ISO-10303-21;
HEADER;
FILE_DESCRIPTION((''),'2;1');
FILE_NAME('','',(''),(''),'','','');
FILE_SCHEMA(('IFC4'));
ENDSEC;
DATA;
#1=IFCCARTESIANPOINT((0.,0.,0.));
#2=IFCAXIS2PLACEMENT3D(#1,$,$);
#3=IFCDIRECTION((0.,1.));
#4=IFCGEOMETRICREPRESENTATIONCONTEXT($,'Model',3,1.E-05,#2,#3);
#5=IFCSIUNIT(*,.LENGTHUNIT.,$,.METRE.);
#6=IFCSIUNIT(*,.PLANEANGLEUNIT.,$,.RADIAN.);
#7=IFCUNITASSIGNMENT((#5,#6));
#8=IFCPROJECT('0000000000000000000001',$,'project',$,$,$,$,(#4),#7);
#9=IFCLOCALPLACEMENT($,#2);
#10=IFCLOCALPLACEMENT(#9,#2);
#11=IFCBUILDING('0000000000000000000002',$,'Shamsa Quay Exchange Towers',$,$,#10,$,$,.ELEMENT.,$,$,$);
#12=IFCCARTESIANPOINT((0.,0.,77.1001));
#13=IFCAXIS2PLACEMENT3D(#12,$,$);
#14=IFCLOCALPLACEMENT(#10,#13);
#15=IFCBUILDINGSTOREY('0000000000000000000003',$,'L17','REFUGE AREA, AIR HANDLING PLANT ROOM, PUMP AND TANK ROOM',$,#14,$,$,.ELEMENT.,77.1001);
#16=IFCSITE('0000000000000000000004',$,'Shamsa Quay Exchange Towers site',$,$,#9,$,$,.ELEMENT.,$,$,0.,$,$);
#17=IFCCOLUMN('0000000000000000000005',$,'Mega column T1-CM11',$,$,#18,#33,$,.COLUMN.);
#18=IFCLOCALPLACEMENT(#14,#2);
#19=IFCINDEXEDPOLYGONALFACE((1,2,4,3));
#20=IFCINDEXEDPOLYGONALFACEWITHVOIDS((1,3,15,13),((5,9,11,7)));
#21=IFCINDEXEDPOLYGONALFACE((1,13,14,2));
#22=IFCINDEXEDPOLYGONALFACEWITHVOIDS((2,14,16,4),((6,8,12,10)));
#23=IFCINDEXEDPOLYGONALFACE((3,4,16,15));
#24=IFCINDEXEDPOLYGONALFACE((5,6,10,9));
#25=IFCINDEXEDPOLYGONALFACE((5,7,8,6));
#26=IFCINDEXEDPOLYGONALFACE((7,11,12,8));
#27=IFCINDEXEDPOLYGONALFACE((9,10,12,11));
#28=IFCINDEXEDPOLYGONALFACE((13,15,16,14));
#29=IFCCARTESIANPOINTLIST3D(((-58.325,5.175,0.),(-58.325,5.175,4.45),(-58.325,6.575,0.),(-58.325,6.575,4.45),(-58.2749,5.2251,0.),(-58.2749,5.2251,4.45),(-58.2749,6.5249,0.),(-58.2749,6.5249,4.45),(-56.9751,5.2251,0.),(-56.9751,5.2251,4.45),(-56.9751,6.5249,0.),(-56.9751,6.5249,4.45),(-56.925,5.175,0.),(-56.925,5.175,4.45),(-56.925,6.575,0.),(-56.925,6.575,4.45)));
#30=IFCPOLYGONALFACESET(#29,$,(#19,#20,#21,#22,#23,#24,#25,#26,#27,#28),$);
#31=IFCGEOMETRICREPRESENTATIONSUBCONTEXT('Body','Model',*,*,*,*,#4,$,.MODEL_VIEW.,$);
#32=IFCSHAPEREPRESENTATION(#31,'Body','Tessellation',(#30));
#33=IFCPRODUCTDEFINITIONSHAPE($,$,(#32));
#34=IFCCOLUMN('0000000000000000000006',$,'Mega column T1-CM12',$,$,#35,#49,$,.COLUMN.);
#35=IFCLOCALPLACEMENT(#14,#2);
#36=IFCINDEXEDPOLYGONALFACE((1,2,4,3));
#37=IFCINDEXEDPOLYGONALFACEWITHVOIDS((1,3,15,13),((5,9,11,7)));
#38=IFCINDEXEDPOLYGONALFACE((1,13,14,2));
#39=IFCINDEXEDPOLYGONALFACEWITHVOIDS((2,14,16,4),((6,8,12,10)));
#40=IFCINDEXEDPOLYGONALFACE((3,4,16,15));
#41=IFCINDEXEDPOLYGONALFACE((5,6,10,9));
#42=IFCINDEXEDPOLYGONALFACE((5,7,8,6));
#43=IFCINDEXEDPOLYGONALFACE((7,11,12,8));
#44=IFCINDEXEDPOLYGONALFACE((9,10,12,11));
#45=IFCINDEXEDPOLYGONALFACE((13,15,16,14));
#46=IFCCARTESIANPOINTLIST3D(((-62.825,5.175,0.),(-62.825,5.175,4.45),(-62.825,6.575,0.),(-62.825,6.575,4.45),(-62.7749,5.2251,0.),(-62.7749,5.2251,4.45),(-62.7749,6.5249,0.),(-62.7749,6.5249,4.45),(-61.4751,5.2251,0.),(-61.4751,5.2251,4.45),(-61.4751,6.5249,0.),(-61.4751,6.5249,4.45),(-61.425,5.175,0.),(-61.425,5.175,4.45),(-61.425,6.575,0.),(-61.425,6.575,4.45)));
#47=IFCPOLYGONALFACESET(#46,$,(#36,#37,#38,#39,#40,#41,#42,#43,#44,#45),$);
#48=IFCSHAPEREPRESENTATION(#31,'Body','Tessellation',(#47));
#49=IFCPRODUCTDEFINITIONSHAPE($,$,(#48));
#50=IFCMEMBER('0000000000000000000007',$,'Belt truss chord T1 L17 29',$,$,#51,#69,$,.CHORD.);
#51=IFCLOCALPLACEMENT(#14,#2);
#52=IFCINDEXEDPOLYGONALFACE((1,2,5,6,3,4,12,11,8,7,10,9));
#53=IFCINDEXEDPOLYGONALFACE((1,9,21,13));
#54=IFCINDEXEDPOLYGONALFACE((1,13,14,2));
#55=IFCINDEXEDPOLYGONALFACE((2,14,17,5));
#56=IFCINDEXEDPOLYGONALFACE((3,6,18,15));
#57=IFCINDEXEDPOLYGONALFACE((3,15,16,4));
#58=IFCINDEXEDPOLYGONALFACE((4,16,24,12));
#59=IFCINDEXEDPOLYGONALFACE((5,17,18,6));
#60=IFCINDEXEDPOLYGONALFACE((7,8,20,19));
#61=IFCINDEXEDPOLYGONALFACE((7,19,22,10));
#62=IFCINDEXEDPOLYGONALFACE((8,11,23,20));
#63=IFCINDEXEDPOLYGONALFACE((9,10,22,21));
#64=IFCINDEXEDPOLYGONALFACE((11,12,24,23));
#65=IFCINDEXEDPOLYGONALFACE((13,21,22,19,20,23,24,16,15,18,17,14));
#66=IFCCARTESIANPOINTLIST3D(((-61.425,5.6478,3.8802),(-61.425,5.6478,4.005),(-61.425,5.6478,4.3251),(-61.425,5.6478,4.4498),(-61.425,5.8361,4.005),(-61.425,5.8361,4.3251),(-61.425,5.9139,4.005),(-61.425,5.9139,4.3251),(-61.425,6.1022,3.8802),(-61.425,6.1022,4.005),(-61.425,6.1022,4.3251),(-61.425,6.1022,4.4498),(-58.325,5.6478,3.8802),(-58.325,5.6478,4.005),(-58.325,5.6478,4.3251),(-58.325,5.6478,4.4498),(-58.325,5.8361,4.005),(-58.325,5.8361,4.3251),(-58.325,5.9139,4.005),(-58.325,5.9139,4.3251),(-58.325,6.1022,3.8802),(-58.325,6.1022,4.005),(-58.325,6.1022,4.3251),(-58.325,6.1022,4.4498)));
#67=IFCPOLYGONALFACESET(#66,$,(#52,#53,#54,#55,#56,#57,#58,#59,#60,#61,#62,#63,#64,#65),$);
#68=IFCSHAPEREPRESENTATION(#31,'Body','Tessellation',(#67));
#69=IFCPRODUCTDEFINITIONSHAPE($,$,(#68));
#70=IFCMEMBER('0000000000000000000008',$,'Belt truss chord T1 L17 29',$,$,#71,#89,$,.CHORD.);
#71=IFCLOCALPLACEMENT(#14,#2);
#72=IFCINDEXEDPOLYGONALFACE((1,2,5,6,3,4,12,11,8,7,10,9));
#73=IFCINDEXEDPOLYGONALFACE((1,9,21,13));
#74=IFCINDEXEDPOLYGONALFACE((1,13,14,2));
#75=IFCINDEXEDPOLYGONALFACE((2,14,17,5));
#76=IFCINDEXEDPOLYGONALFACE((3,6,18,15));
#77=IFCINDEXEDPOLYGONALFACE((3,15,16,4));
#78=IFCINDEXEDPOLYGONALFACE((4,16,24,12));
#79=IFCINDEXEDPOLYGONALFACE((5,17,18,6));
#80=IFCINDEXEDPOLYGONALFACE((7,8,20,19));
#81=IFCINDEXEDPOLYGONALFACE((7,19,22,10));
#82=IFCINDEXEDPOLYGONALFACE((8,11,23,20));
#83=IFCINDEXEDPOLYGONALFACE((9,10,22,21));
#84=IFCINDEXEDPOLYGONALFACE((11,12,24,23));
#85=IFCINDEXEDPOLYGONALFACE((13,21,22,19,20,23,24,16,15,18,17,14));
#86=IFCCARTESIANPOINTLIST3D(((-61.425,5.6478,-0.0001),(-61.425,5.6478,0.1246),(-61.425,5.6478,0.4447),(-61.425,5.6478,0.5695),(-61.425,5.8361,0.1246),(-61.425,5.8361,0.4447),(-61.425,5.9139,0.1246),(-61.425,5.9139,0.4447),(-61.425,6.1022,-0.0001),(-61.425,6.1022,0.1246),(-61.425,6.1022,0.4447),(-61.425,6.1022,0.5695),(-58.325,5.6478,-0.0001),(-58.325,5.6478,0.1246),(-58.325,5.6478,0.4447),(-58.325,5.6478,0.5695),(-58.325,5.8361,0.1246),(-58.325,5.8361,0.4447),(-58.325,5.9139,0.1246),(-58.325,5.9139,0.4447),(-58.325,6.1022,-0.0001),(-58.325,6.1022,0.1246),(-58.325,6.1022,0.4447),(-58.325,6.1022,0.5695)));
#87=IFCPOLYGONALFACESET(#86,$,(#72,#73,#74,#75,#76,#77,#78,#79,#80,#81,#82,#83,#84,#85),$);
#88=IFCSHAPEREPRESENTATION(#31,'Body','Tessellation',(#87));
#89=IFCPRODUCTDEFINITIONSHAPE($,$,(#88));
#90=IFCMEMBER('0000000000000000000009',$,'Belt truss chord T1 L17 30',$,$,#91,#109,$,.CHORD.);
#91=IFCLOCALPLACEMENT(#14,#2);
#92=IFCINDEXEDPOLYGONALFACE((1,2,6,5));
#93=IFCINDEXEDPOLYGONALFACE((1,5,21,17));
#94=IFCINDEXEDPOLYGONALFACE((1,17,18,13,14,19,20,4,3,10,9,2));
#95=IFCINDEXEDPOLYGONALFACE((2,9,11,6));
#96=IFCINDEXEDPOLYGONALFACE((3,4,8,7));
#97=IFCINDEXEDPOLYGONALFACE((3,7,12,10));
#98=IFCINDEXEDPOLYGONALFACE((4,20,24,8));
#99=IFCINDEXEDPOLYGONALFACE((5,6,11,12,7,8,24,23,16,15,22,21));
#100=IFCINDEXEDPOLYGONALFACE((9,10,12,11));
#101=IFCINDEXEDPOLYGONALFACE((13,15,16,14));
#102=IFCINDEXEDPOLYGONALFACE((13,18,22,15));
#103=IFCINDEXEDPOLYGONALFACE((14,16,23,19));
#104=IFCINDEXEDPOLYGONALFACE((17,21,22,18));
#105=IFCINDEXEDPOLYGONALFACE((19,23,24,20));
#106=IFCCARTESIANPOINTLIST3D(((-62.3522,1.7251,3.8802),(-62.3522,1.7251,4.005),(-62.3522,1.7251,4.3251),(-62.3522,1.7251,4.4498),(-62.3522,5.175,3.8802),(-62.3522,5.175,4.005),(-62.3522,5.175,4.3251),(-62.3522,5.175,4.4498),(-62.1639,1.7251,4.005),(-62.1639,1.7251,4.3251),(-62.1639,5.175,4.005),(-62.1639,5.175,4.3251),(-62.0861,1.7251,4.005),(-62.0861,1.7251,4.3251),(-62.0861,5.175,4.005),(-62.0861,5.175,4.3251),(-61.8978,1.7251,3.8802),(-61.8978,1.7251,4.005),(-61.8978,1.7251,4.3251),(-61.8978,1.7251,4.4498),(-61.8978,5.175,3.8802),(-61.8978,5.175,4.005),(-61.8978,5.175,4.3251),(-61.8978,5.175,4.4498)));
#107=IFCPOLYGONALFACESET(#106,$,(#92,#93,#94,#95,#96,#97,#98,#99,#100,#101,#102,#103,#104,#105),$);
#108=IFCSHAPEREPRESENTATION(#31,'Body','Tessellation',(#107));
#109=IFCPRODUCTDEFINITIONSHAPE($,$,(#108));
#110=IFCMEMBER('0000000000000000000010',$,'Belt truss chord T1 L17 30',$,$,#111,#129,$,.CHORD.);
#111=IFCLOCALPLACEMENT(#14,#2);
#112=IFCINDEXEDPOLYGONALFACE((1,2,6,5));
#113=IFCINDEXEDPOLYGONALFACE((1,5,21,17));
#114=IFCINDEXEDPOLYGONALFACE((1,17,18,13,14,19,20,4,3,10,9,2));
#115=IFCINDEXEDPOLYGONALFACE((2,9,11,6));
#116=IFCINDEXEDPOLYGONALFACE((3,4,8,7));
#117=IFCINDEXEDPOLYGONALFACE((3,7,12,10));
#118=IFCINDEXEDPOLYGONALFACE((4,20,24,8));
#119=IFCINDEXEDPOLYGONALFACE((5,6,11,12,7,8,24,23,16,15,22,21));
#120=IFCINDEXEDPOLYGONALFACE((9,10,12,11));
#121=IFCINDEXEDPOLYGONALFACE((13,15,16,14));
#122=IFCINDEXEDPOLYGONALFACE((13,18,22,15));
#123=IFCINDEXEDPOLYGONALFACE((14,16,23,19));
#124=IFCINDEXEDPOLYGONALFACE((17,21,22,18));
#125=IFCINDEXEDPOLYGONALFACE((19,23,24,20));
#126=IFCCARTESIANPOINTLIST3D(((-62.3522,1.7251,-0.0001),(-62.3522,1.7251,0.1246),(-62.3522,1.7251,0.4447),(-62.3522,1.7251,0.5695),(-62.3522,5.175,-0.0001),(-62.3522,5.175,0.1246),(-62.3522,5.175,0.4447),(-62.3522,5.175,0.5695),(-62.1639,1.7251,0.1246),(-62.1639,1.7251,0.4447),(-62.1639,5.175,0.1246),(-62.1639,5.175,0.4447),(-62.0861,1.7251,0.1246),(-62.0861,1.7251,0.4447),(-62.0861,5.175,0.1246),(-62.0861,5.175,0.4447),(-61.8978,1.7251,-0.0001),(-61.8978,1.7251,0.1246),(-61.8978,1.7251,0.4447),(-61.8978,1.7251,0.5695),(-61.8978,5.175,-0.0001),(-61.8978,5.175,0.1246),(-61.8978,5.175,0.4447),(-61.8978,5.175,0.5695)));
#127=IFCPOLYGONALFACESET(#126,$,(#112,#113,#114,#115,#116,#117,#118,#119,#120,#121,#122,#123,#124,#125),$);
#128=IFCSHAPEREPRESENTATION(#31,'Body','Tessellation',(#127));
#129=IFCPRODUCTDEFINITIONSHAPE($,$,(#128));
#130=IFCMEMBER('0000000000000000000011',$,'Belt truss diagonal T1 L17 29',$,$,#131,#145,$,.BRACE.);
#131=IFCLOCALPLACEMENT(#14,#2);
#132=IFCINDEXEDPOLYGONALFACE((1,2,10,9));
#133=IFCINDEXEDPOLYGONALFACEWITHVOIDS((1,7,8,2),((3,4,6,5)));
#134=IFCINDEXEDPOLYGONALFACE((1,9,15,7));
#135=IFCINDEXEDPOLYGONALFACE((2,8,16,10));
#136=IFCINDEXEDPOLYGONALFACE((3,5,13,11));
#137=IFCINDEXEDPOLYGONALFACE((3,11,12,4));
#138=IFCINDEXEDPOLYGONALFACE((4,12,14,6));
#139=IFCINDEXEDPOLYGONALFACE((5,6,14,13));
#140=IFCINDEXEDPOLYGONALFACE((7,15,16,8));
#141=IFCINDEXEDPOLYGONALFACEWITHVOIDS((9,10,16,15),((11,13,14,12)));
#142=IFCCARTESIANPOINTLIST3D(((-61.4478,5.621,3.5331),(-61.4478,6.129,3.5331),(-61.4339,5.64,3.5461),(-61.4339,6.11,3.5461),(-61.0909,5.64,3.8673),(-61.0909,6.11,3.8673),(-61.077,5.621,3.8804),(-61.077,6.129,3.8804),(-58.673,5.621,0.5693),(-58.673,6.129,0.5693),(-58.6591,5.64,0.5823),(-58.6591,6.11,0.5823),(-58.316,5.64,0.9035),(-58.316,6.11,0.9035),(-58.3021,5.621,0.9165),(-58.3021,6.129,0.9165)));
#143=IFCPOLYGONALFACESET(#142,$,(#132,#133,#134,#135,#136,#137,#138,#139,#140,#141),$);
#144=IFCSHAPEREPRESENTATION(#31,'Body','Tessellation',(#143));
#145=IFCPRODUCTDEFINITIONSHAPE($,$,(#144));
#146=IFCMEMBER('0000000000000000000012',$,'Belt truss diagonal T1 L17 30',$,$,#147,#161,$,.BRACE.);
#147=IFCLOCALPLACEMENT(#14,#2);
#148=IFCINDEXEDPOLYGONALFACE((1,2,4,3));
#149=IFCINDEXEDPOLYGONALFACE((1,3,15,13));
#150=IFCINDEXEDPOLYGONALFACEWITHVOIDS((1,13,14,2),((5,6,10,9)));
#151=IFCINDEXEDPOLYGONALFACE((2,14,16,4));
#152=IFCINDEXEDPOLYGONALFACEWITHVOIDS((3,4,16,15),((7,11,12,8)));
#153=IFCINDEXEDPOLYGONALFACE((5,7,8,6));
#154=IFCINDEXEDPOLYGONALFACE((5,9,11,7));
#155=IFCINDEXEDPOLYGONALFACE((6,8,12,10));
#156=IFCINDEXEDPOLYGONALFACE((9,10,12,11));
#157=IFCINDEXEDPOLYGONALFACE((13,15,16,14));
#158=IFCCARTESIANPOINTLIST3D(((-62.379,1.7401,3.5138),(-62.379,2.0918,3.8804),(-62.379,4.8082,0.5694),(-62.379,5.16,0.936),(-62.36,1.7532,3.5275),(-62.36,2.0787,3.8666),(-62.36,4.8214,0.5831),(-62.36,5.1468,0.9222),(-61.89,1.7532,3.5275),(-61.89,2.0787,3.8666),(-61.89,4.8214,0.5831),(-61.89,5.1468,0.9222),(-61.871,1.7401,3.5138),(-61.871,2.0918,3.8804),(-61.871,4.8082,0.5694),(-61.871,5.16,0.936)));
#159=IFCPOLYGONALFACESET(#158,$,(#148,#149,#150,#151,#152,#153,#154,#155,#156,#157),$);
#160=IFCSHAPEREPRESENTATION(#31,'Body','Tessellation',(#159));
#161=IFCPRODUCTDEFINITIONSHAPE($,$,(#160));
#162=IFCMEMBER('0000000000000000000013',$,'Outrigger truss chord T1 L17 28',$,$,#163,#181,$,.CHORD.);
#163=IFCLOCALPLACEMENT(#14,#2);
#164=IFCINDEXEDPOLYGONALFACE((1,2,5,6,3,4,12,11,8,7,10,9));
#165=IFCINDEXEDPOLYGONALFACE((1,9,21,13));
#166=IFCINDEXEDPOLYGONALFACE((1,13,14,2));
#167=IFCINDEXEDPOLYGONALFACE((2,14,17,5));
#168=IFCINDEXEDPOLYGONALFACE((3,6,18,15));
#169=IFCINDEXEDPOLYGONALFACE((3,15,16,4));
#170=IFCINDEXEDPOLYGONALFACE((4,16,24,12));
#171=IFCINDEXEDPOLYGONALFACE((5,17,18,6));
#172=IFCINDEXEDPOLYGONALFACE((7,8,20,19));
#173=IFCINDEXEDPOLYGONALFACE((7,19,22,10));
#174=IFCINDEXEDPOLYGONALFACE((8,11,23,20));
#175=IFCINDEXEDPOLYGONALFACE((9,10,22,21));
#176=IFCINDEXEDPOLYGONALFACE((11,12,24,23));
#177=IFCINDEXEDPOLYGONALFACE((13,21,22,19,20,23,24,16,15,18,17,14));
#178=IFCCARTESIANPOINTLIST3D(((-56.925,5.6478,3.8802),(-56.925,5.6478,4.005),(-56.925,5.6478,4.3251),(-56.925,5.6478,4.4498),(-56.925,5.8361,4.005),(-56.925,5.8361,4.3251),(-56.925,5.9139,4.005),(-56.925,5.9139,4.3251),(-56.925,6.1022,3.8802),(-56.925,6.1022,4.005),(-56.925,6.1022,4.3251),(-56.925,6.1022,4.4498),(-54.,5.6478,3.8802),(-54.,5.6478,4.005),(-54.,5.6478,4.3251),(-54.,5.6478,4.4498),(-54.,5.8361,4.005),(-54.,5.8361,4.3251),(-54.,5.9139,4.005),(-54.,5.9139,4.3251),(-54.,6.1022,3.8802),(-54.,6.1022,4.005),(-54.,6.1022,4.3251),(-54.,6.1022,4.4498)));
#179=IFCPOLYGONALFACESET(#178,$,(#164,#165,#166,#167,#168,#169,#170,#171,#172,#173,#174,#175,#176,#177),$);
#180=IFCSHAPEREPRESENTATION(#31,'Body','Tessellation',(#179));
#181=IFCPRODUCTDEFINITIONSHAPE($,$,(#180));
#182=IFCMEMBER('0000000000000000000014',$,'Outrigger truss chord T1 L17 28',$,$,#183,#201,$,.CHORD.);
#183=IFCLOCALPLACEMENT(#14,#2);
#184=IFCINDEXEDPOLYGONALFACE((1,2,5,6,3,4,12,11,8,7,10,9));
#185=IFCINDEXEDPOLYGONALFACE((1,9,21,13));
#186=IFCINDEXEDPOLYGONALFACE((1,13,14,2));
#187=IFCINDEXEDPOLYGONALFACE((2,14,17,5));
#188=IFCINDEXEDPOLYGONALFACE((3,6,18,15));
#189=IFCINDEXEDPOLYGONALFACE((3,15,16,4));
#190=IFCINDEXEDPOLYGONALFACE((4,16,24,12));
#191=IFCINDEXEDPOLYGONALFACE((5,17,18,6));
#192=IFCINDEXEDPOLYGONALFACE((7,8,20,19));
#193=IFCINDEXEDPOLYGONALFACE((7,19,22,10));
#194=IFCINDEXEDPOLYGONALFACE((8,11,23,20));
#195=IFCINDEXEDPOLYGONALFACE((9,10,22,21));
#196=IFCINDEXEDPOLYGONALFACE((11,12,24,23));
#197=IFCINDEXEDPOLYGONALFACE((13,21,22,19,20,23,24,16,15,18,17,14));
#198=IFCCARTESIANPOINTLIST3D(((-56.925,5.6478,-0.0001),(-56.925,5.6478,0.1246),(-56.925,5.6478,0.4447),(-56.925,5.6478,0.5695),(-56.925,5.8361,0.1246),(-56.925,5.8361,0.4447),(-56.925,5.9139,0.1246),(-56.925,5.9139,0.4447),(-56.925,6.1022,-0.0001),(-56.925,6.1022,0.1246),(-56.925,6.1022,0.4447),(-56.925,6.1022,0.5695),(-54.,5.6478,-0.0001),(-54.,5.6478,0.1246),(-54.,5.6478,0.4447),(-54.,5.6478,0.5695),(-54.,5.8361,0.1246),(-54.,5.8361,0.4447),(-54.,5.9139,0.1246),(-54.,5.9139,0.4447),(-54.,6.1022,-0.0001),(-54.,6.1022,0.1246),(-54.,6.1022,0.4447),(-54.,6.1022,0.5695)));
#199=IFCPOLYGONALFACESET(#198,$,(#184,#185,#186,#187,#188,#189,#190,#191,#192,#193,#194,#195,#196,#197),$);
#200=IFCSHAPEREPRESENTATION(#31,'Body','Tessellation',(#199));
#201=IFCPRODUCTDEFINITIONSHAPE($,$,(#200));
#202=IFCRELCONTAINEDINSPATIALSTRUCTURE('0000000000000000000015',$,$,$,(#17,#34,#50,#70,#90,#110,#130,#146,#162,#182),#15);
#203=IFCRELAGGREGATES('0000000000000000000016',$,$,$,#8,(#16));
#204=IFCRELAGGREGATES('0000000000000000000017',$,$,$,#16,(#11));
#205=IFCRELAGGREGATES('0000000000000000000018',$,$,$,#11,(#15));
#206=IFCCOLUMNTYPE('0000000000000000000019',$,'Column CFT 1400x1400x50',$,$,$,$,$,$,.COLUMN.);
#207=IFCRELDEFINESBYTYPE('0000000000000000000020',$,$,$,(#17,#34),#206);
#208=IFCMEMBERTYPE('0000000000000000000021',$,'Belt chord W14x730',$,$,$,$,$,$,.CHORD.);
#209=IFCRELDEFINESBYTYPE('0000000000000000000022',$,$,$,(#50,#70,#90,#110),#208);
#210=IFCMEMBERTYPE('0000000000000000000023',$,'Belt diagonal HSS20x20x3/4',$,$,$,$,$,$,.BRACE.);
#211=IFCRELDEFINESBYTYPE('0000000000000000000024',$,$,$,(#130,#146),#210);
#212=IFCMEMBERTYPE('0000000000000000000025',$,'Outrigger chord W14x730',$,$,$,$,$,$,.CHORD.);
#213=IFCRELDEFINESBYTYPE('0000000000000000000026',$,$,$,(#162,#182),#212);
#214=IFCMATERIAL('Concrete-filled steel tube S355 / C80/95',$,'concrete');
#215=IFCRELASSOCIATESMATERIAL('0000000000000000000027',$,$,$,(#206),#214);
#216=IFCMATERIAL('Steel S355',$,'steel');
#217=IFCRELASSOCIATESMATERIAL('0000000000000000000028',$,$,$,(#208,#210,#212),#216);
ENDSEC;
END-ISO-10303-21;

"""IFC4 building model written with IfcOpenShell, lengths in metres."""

from ifc_helpers import new_model, si_unit, direction, frame, origin, origin_2d, place, context, subcontext, project, spatial, hollow_rectangle, i_section, extrude, material, material_profile, profile_set, type_object, element, save


model = new_model("IFC4")

# Units and contexts
model_context = context("Model", 3, precision=1e-05, world=origin(), true_north=direction((0.0, 1.0)))
body_context = subcontext(model_context, "Body", "Model", "MODEL_VIEW")
ifc_project = project(units=[si_unit("LENGTHUNIT", "METRE"), si_unit("PLANEANGLEUNIT", "RADIAN")], contexts=[model_context])

# Site, building, storey
site_placement = place(None, origin())
site = spatial("IfcSite", under=ifc_project, at=site_placement, Name="Shamsa Quay Exchange Towers site", CompositionType="ELEMENT", RefElevation=0.0)
building_placement = place(site_placement, origin())
building = spatial("IfcBuilding", under=site, at=building_placement, Name="Shamsa Quay Exchange Towers", CompositionType="ELEMENT")
storey_placement = place(building_placement, frame((0.0, 0.0, 77.1001)))
storey = spatial("IfcBuildingStorey", under=building, at=storey_placement, Name="L17", Description="REFUGE AREA, AIR HANDLING PLANT ROOM, PUMP AND TANK ROOM", CompositionType="ELEMENT", Elevation=77.1001)

# Columns
ifc_material_1 = material(Name="Concrete-filled steel tube S355 / C80/95", Category="concrete")
ifc_material_profile_1 = material_profile(ifc_material_1, hollow_rectangle(XDim=1.3999, YDim=1.3999, WallThickness=0.05, at=origin_2d()), Name="CFT 1400x1400x50")
ifc_profile_set_1 = profile_set([ifc_material_profile_1], Name="Concrete-filled steel tube S355 / C80/95")
column_type = type_object("IfcColumnType", Name="Column CFT 1400x1400x50", PredefinedType="COLUMN", material=ifc_profile_set_1)
for number, where, name in (
    (1, (-57.625, 5.875, 0.0), "Mega column T1-CM11"),
    (2, (-62.125, 5.875, 0.0), "Mega column T1-CM12"),
):
    element("IfcColumn", number, at=place(storey_placement, frame(where)), inside=storey, type_object=column_type, Name=name, PredefinedType="COLUMN", context=body_context, shape_type="SweptSolid", body=[
        extrude(hollow_rectangle(XDim=1.3999, YDim=1.3999, WallThickness=0.05, at=origin_2d()), origin(), (0.0, 0.0, 1.0), 4.45),
    ])

# Members
ifc_material_2 = material(Name="Steel S355", Category="steel")
ifc_material_profile_2 = material_profile(ifc_material_2, i_section(OverallWidth=0.4543, OverallDepth=0.5696, WebThickness=0.0779, FlangeThickness=0.1248, at=origin_2d()), Name="W14x730")
ifc_profile_set_2 = profile_set([ifc_material_profile_2], Name="Steel S355")
member_type_1 = type_object("IfcMemberType", Name="Belt chord W14x730", PredefinedType="CHORD", material=ifc_profile_set_2)
for number, where, z_axis, x_axis, name in (
    (3, (-58.325, 5.875, 4.165), (-1.0, 0.0, 0.0), (0.0, -1.0, 0.0), "Belt truss chord T1 L17 29"),
    (4, (-58.325, 5.875, 0.2847), (-1.0, 0.0, 0.0), (0.0, -1.0, 0.0), "Belt truss chord T1 L17 29"),
):
    element("IfcMember", number, at=place(storey_placement, frame(where, z_axis=z_axis, x_axis=x_axis)), inside=storey, type_object=member_type_1, Name=name, PredefinedType="CHORD", context=body_context, shape_type="SweptSolid", body=[
        extrude(i_section(OverallWidth=0.4543, OverallDepth=0.5696, WebThickness=0.0779, FlangeThickness=0.1248, at=origin_2d()), origin(), (0.0, 0.0, 1.0), 3.1001),
    ])
for number, where, z_axis, x_axis, name in (
    (5, (-62.125, 5.175, 4.165), (0.0, -1.0, 0.0), (1.0, 0.0, 0.0), "Belt truss chord T1 L17 30"),
    (6, (-62.125, 5.175, 0.2847), (0.0, -1.0, 0.0), (1.0, 0.0, 0.0), "Belt truss chord T1 L17 30"),
):
    element("IfcMember", number, at=place(storey_placement, frame(where, z_axis=z_axis, x_axis=x_axis)), inside=storey, type_object=member_type_1, Name=name, PredefinedType="CHORD", context=body_context, shape_type="SweptSolid", body=[
        extrude(i_section(OverallWidth=0.4543, OverallDepth=0.5696, WebThickness=0.0779, FlangeThickness=0.1248, at=origin_2d()), origin(), (0.0, 0.0, 1.0), 3.45),
    ])
ifc_material_profile_3 = material_profile(ifc_material_2, hollow_rectangle(XDim=0.5081, YDim=0.5081, WallThickness=0.019, at=origin_2d()), Name="HSS20x20x3/4")
ifc_profile_set_3 = profile_set([ifc_material_profile_3], Name="Steel S355")
member_type_2 = type_object("IfcMemberType", Name="Belt diagonal HSS20x20x3/4", PredefinedType="BRACE", material=ifc_profile_set_3)
member_1_placement = place(storey_placement, frame((-58.4875, 5.875, 0.7429), z_axis=(-0.683453, 0.0, 0.729995), x_axis=(0.0, -1.0, 0.0)))
element("IfcMember", 7, at=member_1_placement, inside=storey, type_object=member_type_2, Name="Belt truss diagonal T1 L17 29", PredefinedType="BRACE", context=body_context, shape_type="SweptSolid", body=[
    extrude(hollow_rectangle(XDim=0.5081, YDim=0.5081, WallThickness=0.019, at=origin_2d()), origin(), (0.0, 0.0, 1.0), 4.0601),
])
member_2_placement = place(storey_placement, frame((-62.125, 4.9841, 0.7527), z_axis=(0.0, -0.721511, 0.692403), x_axis=(1.0, 0.0, 0.0)))
element("IfcMember", 8, at=member_2_placement, inside=storey, type_object=member_type_2, Name="Belt truss diagonal T1 L17 30", PredefinedType="BRACE", context=body_context, shape_type="SweptSolid", body=[
    extrude(hollow_rectangle(XDim=0.5081, YDim=0.5081, WallThickness=0.019, at=origin_2d()), origin(), (0.0, 0.0, 1.0), 4.2524),
])
ifc_material_profile_4 = material_profile(ifc_material_2, i_section(OverallWidth=0.4543, OverallDepth=0.5696, WebThickness=0.0779, FlangeThickness=0.1248, at=origin_2d()), Name="W14x730")
ifc_profile_set_4 = profile_set([ifc_material_profile_4], Name="Steel S355")
member_type_3 = type_object("IfcMemberType", Name="Outrigger chord W14x730", PredefinedType="CHORD", material=ifc_profile_set_4)
for number, where, z_axis, x_axis, name in (
    (9, (-56.925, 5.875, 4.165), (1.0, 0.0, 0.0), (0.0, 1.0, 0.0), "Outrigger truss chord T1 L17 28"),
    (10, (-56.925, 5.875, 0.2847), (1.0, 0.0, 0.0), (0.0, 1.0, 0.0), "Outrigger truss chord T1 L17 28"),
):
    element("IfcMember", number, at=place(storey_placement, frame(where, z_axis=z_axis, x_axis=x_axis)), inside=storey, type_object=member_type_3, Name=name, PredefinedType="CHORD", context=body_context, shape_type="SweptSolid", body=[
        extrude(i_section(OverallWidth=0.4543, OverallDepth=0.5696, WebThickness=0.0779, FlangeThickness=0.1248, at=origin_2d()), origin(), (0.0, 0.0, 1.0), 2.925),
    ])

save(model, "model.ifc")
